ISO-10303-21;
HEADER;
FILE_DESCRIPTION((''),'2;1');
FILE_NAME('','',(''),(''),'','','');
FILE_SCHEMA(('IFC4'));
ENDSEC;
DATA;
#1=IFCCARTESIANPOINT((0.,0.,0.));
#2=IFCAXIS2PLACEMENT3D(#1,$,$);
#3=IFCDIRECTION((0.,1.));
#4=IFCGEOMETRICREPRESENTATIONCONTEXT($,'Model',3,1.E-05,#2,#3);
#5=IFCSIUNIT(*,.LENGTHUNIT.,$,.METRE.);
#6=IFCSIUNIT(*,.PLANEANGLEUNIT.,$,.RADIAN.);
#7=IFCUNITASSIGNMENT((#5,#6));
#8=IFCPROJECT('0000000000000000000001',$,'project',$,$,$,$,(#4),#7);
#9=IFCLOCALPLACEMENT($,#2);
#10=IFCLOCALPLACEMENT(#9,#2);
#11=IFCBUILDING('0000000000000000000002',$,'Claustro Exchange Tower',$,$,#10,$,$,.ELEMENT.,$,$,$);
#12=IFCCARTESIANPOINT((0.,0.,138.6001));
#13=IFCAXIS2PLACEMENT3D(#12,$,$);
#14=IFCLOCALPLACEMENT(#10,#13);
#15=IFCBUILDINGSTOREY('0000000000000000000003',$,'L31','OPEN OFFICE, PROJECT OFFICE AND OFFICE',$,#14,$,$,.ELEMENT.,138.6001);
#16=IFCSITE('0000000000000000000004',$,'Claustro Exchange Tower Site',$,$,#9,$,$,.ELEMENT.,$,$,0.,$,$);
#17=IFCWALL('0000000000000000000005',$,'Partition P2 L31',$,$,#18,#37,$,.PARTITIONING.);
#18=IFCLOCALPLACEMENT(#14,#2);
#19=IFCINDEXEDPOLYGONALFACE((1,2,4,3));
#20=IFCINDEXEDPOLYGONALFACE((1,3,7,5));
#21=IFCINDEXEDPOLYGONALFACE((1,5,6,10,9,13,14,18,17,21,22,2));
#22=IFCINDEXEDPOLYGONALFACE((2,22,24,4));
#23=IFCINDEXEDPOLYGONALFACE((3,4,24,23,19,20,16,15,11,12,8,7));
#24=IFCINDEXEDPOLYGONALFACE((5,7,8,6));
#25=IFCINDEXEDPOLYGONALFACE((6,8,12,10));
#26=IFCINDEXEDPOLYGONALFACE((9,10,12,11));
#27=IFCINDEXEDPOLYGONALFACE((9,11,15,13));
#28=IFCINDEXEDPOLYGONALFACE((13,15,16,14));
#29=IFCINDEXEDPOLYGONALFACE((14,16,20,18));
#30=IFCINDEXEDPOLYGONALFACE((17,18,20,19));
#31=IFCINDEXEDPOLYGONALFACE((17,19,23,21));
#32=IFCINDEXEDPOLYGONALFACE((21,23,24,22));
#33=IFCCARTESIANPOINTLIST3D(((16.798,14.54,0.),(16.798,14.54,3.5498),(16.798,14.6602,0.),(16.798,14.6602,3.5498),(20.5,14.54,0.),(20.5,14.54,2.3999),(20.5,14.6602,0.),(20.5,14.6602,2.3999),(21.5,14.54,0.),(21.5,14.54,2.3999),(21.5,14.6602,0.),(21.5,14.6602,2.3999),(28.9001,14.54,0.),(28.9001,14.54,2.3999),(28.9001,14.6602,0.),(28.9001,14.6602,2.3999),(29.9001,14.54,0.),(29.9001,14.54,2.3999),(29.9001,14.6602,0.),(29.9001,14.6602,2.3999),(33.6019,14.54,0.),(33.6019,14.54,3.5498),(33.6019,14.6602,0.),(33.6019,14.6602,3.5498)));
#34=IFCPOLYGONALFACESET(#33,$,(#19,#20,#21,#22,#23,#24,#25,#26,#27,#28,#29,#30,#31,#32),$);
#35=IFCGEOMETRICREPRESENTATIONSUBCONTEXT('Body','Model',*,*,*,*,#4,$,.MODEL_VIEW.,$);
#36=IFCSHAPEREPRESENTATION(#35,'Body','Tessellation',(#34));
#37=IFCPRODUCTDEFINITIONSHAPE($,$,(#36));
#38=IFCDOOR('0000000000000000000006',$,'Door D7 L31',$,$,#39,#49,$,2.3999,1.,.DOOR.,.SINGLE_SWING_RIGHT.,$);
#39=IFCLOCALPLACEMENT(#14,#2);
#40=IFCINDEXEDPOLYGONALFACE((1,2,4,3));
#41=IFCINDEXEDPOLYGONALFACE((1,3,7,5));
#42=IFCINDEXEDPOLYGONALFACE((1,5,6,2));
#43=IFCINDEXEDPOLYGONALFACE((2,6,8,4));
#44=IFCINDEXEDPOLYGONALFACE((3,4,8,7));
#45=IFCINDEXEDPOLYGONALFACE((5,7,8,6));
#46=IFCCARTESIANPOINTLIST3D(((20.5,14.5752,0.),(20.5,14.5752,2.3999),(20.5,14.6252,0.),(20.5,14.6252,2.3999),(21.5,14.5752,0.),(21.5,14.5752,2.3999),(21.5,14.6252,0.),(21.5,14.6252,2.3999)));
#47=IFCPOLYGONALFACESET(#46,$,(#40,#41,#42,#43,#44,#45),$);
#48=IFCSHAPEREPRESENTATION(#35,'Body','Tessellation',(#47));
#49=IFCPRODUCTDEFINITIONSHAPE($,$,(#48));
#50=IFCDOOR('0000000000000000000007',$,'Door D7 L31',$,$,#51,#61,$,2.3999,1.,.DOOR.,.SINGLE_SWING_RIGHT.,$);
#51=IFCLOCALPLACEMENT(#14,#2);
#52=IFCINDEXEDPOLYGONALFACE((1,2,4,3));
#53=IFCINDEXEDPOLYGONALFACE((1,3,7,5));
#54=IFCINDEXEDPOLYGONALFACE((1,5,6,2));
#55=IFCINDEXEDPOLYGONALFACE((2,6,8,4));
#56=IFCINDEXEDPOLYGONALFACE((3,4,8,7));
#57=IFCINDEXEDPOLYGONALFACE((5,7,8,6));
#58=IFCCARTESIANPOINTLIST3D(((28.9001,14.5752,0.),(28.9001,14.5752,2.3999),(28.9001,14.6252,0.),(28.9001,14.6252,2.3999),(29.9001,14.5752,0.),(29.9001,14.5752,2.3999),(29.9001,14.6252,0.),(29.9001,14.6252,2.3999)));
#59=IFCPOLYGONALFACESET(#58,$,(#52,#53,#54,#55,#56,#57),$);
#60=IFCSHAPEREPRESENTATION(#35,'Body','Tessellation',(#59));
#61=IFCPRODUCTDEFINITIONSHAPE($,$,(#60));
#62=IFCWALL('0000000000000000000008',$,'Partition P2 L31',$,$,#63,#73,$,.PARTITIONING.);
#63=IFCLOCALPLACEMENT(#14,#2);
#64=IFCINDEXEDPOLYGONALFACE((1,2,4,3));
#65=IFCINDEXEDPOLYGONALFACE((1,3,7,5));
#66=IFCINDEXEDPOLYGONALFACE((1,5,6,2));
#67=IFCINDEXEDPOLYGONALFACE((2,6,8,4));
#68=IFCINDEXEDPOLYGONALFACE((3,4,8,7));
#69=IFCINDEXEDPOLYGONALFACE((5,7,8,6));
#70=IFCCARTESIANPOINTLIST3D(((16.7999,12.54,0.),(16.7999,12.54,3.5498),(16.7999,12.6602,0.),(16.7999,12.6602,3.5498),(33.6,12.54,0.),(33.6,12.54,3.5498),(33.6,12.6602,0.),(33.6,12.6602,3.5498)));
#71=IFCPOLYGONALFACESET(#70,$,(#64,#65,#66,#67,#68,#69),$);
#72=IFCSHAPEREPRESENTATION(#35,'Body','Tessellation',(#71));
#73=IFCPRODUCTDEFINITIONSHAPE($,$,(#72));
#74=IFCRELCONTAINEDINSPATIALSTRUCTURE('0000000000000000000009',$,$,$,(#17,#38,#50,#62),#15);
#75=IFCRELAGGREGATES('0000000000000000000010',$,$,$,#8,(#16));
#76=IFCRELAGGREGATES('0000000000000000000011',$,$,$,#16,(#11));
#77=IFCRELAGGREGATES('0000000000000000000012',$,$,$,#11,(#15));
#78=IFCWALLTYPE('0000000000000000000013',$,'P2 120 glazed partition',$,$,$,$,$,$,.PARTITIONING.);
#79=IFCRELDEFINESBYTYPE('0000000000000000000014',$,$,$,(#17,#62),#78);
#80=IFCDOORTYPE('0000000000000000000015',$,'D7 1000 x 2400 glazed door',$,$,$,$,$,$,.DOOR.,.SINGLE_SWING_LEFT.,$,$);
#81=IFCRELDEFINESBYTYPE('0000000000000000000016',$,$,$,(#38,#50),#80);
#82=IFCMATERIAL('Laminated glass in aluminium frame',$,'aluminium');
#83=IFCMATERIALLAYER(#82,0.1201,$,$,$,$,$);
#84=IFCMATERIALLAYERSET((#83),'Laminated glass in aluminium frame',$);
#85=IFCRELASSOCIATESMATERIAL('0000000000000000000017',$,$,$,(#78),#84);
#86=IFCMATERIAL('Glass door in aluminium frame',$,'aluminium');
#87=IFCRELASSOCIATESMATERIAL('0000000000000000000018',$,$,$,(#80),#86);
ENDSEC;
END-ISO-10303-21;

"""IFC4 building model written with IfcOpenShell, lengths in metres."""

from ifc_helpers import new_model, si_unit, direction, frame, frame_2d, origin, place, context, subcontext, project, spatial, rectangle, extrude, material, layer, layer_set, type_object, element, fill, save


model = new_model("IFC4")

# Units and contexts
model_context = context("Model", 3, precision=1e-05, world=origin(), true_north=direction((0.0, 1.0)))
body_context = subcontext(model_context, "Body", "Model", "MODEL_VIEW")
ifc_project = project(units=[si_unit("LENGTHUNIT", "METRE"), si_unit("PLANEANGLEUNIT", "RADIAN")], contexts=[model_context])

# Site, building, storey
site_placement = place(None, origin())
site = spatial("IfcSite", under=ifc_project, at=site_placement, Name="Claustro Exchange Tower Site", CompositionType="ELEMENT", RefElevation=0.0)
building_placement = place(site_placement, origin())
building = spatial("IfcBuilding", under=site, at=building_placement, Name="Claustro Exchange Tower", CompositionType="ELEMENT")
storey_placement = place(building_placement, frame((0.0, 0.0, 138.6001)))
storey = spatial("IfcBuildingStorey", under=building, at=storey_placement, Name="L31", Description="OPEN OFFICE, PROJECT OFFICE AND OFFICE", CompositionType="ELEMENT", Elevation=138.6001)

# Shared definitions
ifc_material_1 = material(Name="Laminated glass in aluminium frame", Category="aluminium")
ifc_layer_1 = layer(ifc_material_1, 0.1201)
ifc_layer_set_1 = layer_set([ifc_layer_1], Name="Laminated glass in aluminium frame")
wall_type_1 = type_object("IfcWallType", Name="P2 120 glazed partition", PredefinedType="PARTITIONING", material=ifc_layer_set_1)
ifc_material_2 = material(Name="Glass door in aluminium frame", Category="aluminium")
door_type_1 = type_object("IfcDoorType", Name="D7 1000 x 2400 glazed door", OperationType="SINGLE_SWING_LEFT", PredefinedType="DOOR", material=ifc_material_2)

# Wall, openings, doors
wall_1_placement = place(storey_placement, frame((16.7981, 14.6001, 0.0), z_axis=(0.0, 0.0, 1.0), x_axis=(1.0, 0.0, 0.0)))
wall_1 = element("IfcWall", 1, at=wall_1_placement, inside=storey, type_object=wall_type_1, Name="Partition P2 L31", PredefinedType="PARTITIONING", context=body_context, shape_type="SweptSolid", body=[
    extrude(rectangle(XDim=16.804, YDim=0.1201, at=frame_2d((8.4019, 0.0))), origin(), (0.0, 0.0, 1.0), 3.5498),
])
opening_1_placement = place(wall_1_placement, frame((3.7019, 0.0, 0.0)))
opening_1 = element("IfcOpeningElement", 2, at=opening_1_placement, cuts=wall_1, PredefinedType="OPENING", context=body_context, shape_type="SweptSolid", body=[
    extrude(rectangle(XDim=1.0, YDim=2.3999, at=frame_2d((0.5, 1.2))), frame((0.0, 0.0701, 0.0), z_axis=(0.0, -1.0, 0.0), x_axis=(1.0, 0.0, 0.0)), (0.0, 0.0, 1.0), 0.1401),
])
opening_2_placement = place(wall_1_placement, frame((12.1021, 0.0, 0.0)))
opening_2 = element("IfcOpeningElement", 3, at=opening_2_placement, cuts=wall_1, PredefinedType="OPENING", context=body_context, shape_type="SweptSolid", body=[
    extrude(rectangle(XDim=1.0, YDim=2.3999, at=frame_2d((0.5, 1.2))), frame((0.0, 0.0701, 0.0), z_axis=(0.0, -1.0, 0.0), x_axis=(1.0, 0.0, 0.0)), (0.0, 0.0, 1.0), 0.1401),
])
door_1_placement = place(opening_1_placement, frame((1.0, 0.0, 0.0), z_axis=(0.0, 0.0, 1.0), x_axis=(-1.0, 0.0, 0.0)))
door_1 = element("IfcDoor", 4, at=door_1_placement, inside=storey, type_object=door_type_1, Name="Door D7 L31", OperationType="SINGLE_SWING_RIGHT", OverallHeight=2.3999, OverallWidth=1.0, PredefinedType="DOOR", context=body_context, shape_type="SweptSolid", body=[
    extrude(rectangle(XDim=1.0, YDim=2.3999, at=frame_2d((0.5, 1.2))), frame((0.0, 0.0249, 0.0), z_axis=(0.0, -1.0, 0.0), x_axis=(1.0, 0.0, 0.0)), (0.0, 0.0, 1.0), 0.05),
])
fill(opening_1, door_1)
door_2_placement = place(opening_2_placement, frame((1.0, 0.0, 0.0), z_axis=(0.0, 0.0, 1.0), x_axis=(-1.0, 0.0, 0.0)))
door_2 = element("IfcDoor", 5, at=door_2_placement, inside=storey, type_object=door_type_1, Name="Door D7 L31", OperationType="SINGLE_SWING_RIGHT", OverallHeight=2.3999, OverallWidth=1.0, PredefinedType="DOOR", context=body_context, shape_type="SweptSolid", body=[
    extrude(rectangle(XDim=1.0, YDim=2.3999, at=frame_2d((0.5, 1.2))), frame((0.0, 0.0249, 0.0), z_axis=(0.0, -1.0, 0.0), x_axis=(1.0, 0.0, 0.0)), (0.0, 0.0, 1.0), 0.05),
])
fill(opening_2, door_2)

# Wall
wall_2_placement = place(storey_placement, frame((16.8, 12.6001, 0.0), z_axis=(0.0, 0.0, 1.0), x_axis=(1.0, 0.0, 0.0)))
element("IfcWall", 6, at=wall_2_placement, inside=storey, type_object=wall_type_1, Name="Partition P2 L31", PredefinedType="PARTITIONING", context=body_context, shape_type="SweptSolid", body=[
    extrude(rectangle(XDim=16.8, YDim=0.1201, at=frame_2d((8.3999, 0.0))), origin(), (0.0, 0.0, 1.0), 3.5498),
])

save(model, "model.ifc")
